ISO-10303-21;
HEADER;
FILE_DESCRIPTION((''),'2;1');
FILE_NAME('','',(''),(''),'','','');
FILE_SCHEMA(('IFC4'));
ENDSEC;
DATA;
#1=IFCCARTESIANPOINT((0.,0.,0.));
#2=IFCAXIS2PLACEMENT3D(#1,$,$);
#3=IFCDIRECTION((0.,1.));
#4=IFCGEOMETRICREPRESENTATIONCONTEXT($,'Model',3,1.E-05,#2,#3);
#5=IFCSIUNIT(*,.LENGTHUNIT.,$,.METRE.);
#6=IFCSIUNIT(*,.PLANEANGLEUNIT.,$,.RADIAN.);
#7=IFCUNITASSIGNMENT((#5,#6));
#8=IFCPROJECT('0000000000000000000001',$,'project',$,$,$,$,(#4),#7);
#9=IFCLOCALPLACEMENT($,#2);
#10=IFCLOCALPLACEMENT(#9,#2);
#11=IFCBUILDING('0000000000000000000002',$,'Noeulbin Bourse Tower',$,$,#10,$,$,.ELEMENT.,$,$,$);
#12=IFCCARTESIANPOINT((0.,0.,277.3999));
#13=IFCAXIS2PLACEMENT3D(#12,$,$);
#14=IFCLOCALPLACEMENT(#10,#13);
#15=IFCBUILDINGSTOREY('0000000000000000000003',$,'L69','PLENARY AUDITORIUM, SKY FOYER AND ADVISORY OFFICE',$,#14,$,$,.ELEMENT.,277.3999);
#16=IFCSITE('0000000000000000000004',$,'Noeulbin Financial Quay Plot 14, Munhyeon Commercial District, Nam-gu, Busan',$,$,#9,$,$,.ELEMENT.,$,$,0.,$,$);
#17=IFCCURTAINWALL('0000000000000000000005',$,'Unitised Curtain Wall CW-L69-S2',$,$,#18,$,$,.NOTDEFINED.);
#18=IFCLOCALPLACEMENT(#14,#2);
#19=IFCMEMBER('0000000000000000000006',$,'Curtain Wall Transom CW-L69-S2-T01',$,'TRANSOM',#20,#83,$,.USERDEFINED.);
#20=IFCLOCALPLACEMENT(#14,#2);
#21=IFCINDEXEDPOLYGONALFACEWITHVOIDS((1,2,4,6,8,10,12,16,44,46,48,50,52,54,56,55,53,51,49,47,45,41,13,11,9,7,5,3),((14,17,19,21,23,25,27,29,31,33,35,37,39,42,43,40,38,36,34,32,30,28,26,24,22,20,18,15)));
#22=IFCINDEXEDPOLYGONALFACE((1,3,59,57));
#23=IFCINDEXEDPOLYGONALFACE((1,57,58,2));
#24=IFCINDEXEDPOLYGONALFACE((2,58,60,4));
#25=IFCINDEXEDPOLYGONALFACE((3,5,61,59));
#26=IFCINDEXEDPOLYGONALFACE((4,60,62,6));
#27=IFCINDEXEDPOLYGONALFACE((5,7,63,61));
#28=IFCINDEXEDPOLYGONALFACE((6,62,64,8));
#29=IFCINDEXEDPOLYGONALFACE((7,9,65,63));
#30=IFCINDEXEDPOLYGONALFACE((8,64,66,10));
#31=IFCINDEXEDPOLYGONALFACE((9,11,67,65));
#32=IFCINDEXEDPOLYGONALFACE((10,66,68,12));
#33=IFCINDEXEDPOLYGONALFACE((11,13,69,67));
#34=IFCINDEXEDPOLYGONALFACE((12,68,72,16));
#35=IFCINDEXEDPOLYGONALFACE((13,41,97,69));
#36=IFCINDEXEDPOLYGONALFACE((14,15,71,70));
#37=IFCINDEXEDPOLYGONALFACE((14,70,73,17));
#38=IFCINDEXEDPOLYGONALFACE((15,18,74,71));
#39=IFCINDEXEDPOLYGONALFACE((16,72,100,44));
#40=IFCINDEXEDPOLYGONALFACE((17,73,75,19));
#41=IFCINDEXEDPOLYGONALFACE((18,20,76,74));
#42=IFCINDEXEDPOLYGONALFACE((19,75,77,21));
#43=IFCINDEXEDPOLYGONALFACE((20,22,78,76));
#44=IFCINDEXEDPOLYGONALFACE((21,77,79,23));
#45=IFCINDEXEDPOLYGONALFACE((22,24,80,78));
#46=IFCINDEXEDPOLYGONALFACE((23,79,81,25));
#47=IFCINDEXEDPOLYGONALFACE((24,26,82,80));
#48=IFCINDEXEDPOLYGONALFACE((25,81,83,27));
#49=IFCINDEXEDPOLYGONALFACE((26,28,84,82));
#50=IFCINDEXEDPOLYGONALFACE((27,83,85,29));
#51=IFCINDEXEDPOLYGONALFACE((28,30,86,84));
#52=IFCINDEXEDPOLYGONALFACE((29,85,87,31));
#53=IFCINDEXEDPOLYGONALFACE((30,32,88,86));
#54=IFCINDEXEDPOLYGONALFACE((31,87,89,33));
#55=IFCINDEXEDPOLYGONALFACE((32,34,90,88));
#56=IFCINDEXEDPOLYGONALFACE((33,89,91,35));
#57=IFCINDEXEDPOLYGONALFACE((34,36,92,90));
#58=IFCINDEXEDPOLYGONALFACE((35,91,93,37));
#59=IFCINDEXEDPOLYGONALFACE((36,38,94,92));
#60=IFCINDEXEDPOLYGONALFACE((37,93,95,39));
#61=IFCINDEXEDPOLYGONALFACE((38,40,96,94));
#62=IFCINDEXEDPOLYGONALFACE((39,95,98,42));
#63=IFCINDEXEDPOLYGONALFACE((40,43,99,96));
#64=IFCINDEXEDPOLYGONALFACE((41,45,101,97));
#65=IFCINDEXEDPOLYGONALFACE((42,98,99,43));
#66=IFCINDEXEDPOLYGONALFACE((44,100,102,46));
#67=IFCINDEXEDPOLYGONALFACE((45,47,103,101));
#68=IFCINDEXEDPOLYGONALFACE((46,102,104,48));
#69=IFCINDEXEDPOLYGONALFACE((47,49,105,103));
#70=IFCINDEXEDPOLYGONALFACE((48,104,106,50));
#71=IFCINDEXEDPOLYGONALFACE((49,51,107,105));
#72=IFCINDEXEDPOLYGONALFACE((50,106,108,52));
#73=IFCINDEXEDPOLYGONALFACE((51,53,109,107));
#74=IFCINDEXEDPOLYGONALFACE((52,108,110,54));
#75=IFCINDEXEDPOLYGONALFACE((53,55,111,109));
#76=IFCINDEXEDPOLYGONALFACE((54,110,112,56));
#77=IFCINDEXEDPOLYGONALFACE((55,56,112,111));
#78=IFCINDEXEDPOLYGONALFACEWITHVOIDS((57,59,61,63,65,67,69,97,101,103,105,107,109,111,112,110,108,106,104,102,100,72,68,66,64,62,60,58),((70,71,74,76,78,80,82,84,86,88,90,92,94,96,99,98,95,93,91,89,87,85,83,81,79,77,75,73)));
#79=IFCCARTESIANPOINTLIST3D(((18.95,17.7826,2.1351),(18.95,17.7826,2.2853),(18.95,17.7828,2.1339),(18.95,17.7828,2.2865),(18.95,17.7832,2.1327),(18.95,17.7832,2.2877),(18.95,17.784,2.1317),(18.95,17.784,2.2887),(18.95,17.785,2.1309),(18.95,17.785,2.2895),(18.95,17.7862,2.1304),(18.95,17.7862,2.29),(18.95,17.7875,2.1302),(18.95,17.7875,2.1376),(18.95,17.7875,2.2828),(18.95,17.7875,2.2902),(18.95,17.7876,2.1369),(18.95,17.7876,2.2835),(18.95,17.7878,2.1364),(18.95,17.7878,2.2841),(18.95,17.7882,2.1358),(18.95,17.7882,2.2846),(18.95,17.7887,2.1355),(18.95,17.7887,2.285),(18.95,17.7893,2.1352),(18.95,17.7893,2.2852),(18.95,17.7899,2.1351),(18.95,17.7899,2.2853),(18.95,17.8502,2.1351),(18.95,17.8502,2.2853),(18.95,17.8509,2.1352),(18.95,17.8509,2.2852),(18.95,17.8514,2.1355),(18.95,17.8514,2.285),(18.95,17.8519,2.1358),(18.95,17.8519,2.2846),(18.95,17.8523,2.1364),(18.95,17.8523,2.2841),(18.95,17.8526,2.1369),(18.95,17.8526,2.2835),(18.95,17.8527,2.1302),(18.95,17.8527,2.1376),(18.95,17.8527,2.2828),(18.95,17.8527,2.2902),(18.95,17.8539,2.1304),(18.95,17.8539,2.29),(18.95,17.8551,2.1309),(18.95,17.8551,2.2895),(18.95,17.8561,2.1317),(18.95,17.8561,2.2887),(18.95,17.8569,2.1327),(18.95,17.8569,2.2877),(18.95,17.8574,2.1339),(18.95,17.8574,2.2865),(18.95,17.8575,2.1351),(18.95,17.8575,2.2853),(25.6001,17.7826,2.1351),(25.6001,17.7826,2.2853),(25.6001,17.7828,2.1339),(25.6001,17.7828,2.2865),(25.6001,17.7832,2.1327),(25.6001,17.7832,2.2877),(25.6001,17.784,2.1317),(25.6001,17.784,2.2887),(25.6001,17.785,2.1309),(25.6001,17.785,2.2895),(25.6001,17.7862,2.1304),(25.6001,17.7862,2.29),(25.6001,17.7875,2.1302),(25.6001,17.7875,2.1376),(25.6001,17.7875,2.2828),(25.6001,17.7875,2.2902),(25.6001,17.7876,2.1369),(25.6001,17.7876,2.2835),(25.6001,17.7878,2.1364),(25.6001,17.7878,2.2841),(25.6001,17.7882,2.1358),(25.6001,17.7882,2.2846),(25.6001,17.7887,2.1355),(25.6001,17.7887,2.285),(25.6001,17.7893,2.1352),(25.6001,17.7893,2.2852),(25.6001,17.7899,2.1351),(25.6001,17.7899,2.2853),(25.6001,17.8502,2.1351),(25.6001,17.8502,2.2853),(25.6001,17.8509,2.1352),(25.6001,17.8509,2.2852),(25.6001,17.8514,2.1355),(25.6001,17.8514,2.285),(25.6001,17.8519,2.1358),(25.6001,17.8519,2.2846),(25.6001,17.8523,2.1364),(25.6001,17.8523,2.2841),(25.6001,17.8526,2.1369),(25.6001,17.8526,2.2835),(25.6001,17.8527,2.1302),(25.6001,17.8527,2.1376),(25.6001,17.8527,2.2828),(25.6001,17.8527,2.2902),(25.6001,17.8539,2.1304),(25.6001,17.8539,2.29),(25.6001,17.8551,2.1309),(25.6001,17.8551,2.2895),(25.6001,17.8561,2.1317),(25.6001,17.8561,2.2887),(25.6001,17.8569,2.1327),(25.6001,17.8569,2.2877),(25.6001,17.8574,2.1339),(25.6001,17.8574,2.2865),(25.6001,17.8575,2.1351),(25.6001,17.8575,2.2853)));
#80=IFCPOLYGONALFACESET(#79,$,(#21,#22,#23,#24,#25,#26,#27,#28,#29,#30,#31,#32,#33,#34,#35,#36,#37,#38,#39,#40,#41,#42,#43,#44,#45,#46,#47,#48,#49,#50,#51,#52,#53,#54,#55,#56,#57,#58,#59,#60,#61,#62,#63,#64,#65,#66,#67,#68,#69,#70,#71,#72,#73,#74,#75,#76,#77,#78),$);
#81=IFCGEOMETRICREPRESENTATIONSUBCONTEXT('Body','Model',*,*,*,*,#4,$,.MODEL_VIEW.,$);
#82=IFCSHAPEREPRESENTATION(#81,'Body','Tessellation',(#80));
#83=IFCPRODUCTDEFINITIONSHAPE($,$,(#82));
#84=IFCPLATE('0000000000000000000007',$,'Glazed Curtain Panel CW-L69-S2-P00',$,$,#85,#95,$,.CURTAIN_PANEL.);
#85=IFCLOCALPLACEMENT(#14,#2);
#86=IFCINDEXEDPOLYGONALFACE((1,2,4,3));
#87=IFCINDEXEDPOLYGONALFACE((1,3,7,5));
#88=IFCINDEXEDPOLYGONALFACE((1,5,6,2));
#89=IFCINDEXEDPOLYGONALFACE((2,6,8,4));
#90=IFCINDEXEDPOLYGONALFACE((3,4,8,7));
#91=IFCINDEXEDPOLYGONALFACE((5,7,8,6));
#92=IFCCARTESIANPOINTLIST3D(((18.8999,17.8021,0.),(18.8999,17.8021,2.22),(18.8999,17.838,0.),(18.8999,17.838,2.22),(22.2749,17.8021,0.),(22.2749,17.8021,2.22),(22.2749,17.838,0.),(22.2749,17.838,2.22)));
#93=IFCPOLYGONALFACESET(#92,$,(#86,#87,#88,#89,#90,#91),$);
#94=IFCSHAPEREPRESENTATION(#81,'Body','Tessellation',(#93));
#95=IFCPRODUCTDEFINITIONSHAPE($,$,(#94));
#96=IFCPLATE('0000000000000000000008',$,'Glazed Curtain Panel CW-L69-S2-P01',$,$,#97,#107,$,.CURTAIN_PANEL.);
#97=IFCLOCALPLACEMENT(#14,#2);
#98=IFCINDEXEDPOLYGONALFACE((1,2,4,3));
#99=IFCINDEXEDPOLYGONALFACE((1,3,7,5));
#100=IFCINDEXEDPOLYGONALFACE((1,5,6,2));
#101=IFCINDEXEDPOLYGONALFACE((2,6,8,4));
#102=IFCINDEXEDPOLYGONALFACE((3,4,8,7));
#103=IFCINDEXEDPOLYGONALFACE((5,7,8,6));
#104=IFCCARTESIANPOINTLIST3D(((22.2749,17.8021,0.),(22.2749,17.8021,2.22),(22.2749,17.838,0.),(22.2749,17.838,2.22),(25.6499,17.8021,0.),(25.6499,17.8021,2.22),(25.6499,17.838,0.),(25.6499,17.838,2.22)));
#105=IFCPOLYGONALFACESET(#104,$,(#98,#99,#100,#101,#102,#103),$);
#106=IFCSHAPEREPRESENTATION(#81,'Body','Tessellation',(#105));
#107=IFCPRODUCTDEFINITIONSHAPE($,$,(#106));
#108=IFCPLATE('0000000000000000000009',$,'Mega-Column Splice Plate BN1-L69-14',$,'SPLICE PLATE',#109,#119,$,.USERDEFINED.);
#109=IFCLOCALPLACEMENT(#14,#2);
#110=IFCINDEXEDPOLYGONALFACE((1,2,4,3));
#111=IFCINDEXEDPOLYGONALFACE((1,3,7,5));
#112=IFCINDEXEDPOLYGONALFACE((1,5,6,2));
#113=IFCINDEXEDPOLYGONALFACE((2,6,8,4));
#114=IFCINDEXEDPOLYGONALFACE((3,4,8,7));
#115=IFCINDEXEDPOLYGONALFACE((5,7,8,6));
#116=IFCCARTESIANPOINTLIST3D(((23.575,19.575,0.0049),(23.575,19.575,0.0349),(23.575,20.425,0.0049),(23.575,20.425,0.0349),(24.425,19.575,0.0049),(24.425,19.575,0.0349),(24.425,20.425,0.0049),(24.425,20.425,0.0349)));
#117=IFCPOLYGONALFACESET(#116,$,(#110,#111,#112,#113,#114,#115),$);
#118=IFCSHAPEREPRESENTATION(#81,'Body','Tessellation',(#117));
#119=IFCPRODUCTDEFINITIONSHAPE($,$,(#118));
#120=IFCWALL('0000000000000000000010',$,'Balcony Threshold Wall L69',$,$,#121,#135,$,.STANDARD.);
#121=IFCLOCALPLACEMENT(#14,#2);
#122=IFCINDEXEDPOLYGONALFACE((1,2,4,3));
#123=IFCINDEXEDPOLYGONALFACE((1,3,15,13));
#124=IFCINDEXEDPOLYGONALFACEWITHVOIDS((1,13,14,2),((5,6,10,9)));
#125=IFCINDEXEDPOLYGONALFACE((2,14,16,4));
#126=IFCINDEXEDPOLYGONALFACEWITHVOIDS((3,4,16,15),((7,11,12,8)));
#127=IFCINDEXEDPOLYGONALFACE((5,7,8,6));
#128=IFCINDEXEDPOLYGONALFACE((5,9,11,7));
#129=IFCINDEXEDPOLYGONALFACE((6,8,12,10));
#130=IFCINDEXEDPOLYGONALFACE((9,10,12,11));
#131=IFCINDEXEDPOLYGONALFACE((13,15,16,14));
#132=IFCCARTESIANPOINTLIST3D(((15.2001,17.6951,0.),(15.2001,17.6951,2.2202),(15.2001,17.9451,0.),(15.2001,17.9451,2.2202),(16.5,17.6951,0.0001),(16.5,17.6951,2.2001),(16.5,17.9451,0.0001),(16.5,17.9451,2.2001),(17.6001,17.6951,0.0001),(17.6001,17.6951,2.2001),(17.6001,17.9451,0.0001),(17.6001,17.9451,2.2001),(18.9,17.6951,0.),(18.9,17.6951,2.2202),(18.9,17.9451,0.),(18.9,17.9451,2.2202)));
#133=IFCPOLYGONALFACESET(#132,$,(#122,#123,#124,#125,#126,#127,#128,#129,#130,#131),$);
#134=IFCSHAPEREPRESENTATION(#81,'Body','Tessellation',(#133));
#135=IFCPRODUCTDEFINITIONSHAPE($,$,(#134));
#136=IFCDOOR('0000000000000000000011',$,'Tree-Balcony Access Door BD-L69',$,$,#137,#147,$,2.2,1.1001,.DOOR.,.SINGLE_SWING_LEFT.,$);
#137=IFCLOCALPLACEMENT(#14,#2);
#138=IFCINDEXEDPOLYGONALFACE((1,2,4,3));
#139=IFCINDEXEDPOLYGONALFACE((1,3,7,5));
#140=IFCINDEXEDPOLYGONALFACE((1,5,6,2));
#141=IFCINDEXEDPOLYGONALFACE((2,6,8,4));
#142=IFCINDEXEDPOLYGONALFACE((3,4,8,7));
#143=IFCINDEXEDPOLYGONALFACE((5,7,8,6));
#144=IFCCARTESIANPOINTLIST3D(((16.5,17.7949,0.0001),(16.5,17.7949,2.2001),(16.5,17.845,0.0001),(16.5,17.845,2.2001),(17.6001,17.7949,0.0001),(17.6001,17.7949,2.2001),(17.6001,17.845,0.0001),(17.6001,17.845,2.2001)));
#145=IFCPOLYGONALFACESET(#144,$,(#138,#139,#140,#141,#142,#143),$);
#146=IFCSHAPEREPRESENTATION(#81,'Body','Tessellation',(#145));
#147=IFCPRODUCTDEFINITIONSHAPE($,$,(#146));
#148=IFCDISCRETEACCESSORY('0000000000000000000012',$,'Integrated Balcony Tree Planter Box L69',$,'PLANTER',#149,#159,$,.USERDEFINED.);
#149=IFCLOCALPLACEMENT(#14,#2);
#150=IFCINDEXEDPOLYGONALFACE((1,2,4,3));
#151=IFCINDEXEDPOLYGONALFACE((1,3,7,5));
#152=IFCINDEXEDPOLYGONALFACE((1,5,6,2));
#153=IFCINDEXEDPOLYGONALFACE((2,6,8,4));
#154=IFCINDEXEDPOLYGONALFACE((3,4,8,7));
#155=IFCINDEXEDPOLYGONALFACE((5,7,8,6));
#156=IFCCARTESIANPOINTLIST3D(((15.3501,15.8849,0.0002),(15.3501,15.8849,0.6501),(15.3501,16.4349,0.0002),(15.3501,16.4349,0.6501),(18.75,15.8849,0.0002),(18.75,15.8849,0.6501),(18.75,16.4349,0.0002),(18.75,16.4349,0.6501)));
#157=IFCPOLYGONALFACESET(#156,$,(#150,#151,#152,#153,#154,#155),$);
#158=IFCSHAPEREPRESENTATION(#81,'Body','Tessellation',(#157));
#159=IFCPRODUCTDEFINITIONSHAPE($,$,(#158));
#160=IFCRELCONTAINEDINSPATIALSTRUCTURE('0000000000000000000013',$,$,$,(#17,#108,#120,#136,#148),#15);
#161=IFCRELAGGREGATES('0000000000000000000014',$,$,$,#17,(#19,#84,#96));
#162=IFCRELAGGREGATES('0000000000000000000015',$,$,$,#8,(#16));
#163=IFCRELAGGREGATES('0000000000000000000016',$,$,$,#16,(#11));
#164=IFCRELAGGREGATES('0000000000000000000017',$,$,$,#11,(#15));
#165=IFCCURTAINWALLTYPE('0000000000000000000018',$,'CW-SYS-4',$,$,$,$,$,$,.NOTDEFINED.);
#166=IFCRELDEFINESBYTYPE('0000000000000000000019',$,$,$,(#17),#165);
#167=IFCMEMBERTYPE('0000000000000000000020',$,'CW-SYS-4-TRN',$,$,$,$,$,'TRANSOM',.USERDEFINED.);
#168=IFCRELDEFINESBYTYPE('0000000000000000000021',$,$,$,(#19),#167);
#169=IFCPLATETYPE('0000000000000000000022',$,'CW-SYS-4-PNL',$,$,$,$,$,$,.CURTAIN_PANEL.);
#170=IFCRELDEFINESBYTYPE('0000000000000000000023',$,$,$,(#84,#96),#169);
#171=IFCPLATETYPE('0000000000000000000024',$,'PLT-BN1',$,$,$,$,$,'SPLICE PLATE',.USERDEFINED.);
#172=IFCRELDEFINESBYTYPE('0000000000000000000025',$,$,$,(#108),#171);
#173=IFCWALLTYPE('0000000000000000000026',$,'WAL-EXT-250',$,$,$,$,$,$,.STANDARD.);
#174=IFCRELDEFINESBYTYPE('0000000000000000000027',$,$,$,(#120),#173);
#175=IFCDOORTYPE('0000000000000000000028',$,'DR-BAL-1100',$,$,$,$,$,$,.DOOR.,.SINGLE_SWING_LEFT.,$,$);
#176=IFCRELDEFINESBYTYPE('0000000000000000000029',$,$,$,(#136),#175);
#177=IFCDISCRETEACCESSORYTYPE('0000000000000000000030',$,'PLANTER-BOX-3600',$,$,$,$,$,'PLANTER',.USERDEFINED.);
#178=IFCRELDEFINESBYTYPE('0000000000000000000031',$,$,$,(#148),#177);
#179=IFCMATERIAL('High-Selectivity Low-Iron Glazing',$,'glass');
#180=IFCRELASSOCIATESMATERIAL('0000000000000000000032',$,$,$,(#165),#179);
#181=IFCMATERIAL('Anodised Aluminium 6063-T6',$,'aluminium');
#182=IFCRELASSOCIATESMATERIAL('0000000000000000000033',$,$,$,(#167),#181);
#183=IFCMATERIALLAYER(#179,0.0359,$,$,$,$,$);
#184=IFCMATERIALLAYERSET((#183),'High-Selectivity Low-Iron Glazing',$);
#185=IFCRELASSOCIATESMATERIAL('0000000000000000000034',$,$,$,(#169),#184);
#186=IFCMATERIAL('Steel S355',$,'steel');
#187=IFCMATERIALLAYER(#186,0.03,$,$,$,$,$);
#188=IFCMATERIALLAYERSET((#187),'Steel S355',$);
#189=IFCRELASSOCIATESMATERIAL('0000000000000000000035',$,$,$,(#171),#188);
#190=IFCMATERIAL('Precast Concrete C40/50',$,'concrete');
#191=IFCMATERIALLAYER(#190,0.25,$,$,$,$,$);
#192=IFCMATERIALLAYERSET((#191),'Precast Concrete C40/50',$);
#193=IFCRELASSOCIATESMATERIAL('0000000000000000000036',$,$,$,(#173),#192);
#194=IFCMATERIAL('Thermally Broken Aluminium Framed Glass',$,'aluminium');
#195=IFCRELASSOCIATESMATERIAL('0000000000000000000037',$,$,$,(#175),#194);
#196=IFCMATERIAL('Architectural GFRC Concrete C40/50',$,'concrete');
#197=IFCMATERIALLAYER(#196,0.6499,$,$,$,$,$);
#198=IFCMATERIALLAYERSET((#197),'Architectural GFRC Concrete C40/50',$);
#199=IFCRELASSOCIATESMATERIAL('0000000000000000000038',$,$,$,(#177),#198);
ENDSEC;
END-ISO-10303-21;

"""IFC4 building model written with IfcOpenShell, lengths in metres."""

from ifc_helpers import new_model, si_unit, direction, frame, frame_2d, origin, origin_2d, place, context, subcontext, project, spatial, rectangle, hollow_rectangle, extrude, material, layer, layer_set, material_profile, profile_set, type_object, element, fill, aggregate, save


model = new_model("IFC4")

# Units and contexts
model_context = context("Model", 3, precision=1e-05, world=origin(), true_north=direction((0.0, 1.0)))
body_context = subcontext(model_context, "Body", "Model", "MODEL_VIEW")
ifc_project = project(units=[si_unit("LENGTHUNIT", "METRE"), si_unit("PLANEANGLEUNIT", "RADIAN")], contexts=[model_context])

# Site, building, storey
site_placement = place(None, origin())
site = spatial("IfcSite", under=ifc_project, at=site_placement, Name="Noeulbin Financial Quay Plot 14, Munhyeon Commercial District, Nam-gu, Busan", CompositionType="ELEMENT", RefElevation=0.0)
building_placement = place(site_placement, origin())
building = spatial("IfcBuilding", under=site, at=building_placement, Name="Noeulbin Bourse Tower", CompositionType="ELEMENT")
storey_placement = place(building_placement, frame((0.0, 0.0, 277.3999)))
storey = spatial("IfcBuildingStorey", under=building, at=storey_placement, Name="L69", Description="PLENARY AUDITORIUM, SKY FOYER AND ADVISORY OFFICE", CompositionType="ELEMENT", Elevation=277.3999)

# Shared definitions
ifc_material_1 = material(Name="Steel S355", Category="steel")

# Shared definitions
ifc_material_2 = material(Name="High-Selectivity Low-Iron Glazing", Category="glass")
curtain_wall_type = type_object("IfcCurtainWallType", Name="CW-SYS-4", PredefinedType="NOTDEFINED", material=ifc_material_2)
ifc_material_3 = material(Name="Anodised Aluminium 6063-T6", Category="aluminium")

# Curtain wall, member, plates
curtain_wall_1_placement = place(storey_placement, origin())
curtain_wall_1 = element("IfcCurtainWall", 1, at=curtain_wall_1_placement, inside=storey, type_object=curtain_wall_type, Name="Unitised Curtain Wall CW-L69-S2", PredefinedType="NOTDEFINED")
ifc_material_profile_1 = material_profile(ifc_material_3, hollow_rectangle(XDim=0.075, YDim=0.1599, WallThickness=0.0049, InnerFilletRadius=0.0024, OuterFilletRadius=0.0049, at=origin_2d()), Name="ALU-TRAN-75x160x5", Category="LoadBearing")
ifc_profile_set_1 = profile_set([ifc_material_profile_1], Name="Anodised Aluminium 6063-T6")
member_type_1 = type_object("IfcMemberType", Name="CW-SYS-4-TRN", ElementType="TRANSOM", PredefinedType="USERDEFINED", material=ifc_profile_set_1)
member_1_placement = place(storey_placement, frame((18.95, 17.8201, 2.2102), z_axis=(1.0, 0.0, 0.0), x_axis=(0.0, 1.0, 0.0)))
member_1 = element("IfcMember", 2, at=member_1_placement, type_object=member_type_1, Name="Curtain Wall Transom CW-L69-S2-T01", ObjectType="TRANSOM", PredefinedType="USERDEFINED", context=body_context, shape_type="SweptSolid", body=[
    extrude(hollow_rectangle(XDim=0.075, YDim=0.1599, WallThickness=0.0049, InnerFilletRadius=0.0024, OuterFilletRadius=0.0049, at=origin_2d()), origin(), (0.0, 0.0, 1.0), 6.6501),
])
ifc_layer_1 = layer(ifc_material_2, 0.0359)
ifc_layer_set_1 = layer_set([ifc_layer_1], Name="High-Selectivity Low-Iron Glazing")
plate_type_1 = type_object("IfcPlateType", Name="CW-SYS-4-PNL", PredefinedType="CURTAIN_PANEL", material=ifc_layer_set_1)
plate_1_placement = place(storey_placement, frame((20.5874, 17.8201, 0.0), z_axis=(0.0, 0.0, 1.0), x_axis=(1.0, 0.0, 0.0)))
plate_1 = element("IfcPlate", 3, at=plate_1_placement, type_object=plate_type_1, Name="Glazed Curtain Panel CW-L69-S2-P00", PredefinedType="CURTAIN_PANEL", context=body_context, shape_type="SweptSolid", body=[
    extrude(rectangle(XDim=3.375, YDim=0.0359, at=origin_2d()), origin(), (0.0, 0.0, 1.0), 2.22),
])
plate_2_placement = place(storey_placement, frame((23.9624, 17.8201, 0.0), z_axis=(0.0, 0.0, 1.0), x_axis=(1.0, 0.0, 0.0)))
plate_2 = element("IfcPlate", 4, at=plate_2_placement, type_object=plate_type_1, Name="Glazed Curtain Panel CW-L69-S2-P01", PredefinedType="CURTAIN_PANEL", context=body_context, shape_type="SweptSolid", body=[
    extrude(rectangle(XDim=3.375, YDim=0.0359, at=origin_2d()), origin(), (0.0, 0.0, 1.0), 2.22),
])
aggregate(curtain_wall_1, [member_1, plate_1, plate_2])

# Plate
ifc_layer_2 = layer(ifc_material_1, 0.03)
ifc_layer_set_2 = layer_set([ifc_layer_2], Name="Steel S355")
plate_type_2 = type_object("IfcPlateType", Name="PLT-BN1", ElementType="SPLICE PLATE", PredefinedType="USERDEFINED", material=ifc_layer_set_2)
plate_3_placement = place(storey_placement, frame((24.0, 20.0, 0.0049), z_axis=(0.0, 0.0, 1.0), x_axis=(1.0, 0.0, 0.0)))
element("IfcPlate", 5, at=plate_3_placement, inside=storey, type_object=plate_type_2, Name="Mega-Column Splice Plate BN1-L69-14", ObjectType="SPLICE PLATE", PredefinedType="USERDEFINED", context=body_context, shape_type="SweptSolid", body=[
    extrude(rectangle(XDim=0.8501, YDim=0.8501, at=origin_2d()), origin(), (0.0, 0.0, 1.0), 0.03),
])

# Wall, opening, door
ifc_material_4 = material(Name="Precast Concrete C40/50", Category="concrete")
ifc_layer_3 = layer(ifc_material_4, 0.25)
ifc_layer_set_3 = layer_set([ifc_layer_3], Name="Precast Concrete C40/50")
wall_type = type_object("IfcWallType", Name="WAL-EXT-250", PredefinedType="STANDARD", material=ifc_layer_set_3)
wall_placement = place(storey_placement, frame((15.2, 17.8201, 0.0), z_axis=(0.0, 0.0, 1.0), x_axis=(1.0, 0.0, 0.0)))
wall = element("IfcWall", 6, at=wall_placement, inside=storey, type_object=wall_type, Name="Balcony Threshold Wall L69", PredefinedType="STANDARD", context=body_context, shape_type="SweptSolid", body=[
    extrude(rectangle(XDim=3.7, YDim=0.25, at=frame_2d((1.8501, 0.0))), origin(), (0.0, 0.0, 1.0), 2.2202),
])
opening_placement = place(wall_placement, frame((1.3, 0.0, 0.0)))
opening = element("IfcOpeningElement", 7, at=opening_placement, cuts=wall, PredefinedType="OPENING", context=body_context, shape_type="SweptSolid", body=[
    extrude(rectangle(XDim=1.1001, YDim=2.2, at=frame_2d((0.55, 1.1001))), frame((0.0, 0.135, 0.0), z_axis=(0.0, -1.0, 0.0), x_axis=(1.0, 0.0, 0.0)), (0.0, 0.0, 1.0), 0.27),
])
ifc_material_5 = material(Name="Thermally Broken Aluminium Framed Glass", Category="aluminium")
door_type = type_object("IfcDoorType", Name="DR-BAL-1100", OperationType="SINGLE_SWING_LEFT", PredefinedType="DOOR", material=ifc_material_5)
door_placement = place(opening_placement, origin())
door = element("IfcDoor", 8, at=door_placement, inside=storey, type_object=door_type, Name="Tree-Balcony Access Door BD-L69", OperationType="SINGLE_SWING_LEFT", OverallHeight=2.2, OverallWidth=1.1001, PredefinedType="DOOR", context=body_context, shape_type="SweptSolid", body=[
    extrude(rectangle(XDim=1.1001, YDim=2.2, at=frame_2d((0.55, 1.1001))), frame((0.0, 0.0249, 0.0), z_axis=(0.0, -1.0, 0.0), x_axis=(1.0, 0.0, 0.0)), (0.0, 0.0, 1.0), 0.05),
])
fill(opening, door)

# Discrete accessory
ifc_material_6 = material(Name="Architectural GFRC Concrete C40/50", Category="concrete")
ifc_layer_4 = layer(ifc_material_6, 0.6499)
ifc_layer_set_4 = layer_set([ifc_layer_4], Name="Architectural GFRC Concrete C40/50")
discrete_accessory_type = type_object("IfcDiscreteAccessoryType", Name="PLANTER-BOX-3600", ElementType="PLANTER", PredefinedType="USERDEFINED", material=ifc_layer_set_4)
discrete_accessory_placement = place(storey_placement, frame((17.05, 16.1599, 0.0002), z_axis=(0.0, 0.0, 1.0), x_axis=(1.0, 0.0, 0.0)))
element("IfcDiscreteAccessory", 9, at=discrete_accessory_placement, inside=storey, type_object=discrete_accessory_type, Name="Integrated Balcony Tree Planter Box L69", ObjectType="PLANTER", PredefinedType="USERDEFINED", context=body_context, shape_type="SweptSolid", body=[
    extrude(rectangle(XDim=3.3999, YDim=0.55, at=origin_2d()), origin(), (0.0, 0.0, 1.0), 0.6499),
])

save(model, "model.ifc")
